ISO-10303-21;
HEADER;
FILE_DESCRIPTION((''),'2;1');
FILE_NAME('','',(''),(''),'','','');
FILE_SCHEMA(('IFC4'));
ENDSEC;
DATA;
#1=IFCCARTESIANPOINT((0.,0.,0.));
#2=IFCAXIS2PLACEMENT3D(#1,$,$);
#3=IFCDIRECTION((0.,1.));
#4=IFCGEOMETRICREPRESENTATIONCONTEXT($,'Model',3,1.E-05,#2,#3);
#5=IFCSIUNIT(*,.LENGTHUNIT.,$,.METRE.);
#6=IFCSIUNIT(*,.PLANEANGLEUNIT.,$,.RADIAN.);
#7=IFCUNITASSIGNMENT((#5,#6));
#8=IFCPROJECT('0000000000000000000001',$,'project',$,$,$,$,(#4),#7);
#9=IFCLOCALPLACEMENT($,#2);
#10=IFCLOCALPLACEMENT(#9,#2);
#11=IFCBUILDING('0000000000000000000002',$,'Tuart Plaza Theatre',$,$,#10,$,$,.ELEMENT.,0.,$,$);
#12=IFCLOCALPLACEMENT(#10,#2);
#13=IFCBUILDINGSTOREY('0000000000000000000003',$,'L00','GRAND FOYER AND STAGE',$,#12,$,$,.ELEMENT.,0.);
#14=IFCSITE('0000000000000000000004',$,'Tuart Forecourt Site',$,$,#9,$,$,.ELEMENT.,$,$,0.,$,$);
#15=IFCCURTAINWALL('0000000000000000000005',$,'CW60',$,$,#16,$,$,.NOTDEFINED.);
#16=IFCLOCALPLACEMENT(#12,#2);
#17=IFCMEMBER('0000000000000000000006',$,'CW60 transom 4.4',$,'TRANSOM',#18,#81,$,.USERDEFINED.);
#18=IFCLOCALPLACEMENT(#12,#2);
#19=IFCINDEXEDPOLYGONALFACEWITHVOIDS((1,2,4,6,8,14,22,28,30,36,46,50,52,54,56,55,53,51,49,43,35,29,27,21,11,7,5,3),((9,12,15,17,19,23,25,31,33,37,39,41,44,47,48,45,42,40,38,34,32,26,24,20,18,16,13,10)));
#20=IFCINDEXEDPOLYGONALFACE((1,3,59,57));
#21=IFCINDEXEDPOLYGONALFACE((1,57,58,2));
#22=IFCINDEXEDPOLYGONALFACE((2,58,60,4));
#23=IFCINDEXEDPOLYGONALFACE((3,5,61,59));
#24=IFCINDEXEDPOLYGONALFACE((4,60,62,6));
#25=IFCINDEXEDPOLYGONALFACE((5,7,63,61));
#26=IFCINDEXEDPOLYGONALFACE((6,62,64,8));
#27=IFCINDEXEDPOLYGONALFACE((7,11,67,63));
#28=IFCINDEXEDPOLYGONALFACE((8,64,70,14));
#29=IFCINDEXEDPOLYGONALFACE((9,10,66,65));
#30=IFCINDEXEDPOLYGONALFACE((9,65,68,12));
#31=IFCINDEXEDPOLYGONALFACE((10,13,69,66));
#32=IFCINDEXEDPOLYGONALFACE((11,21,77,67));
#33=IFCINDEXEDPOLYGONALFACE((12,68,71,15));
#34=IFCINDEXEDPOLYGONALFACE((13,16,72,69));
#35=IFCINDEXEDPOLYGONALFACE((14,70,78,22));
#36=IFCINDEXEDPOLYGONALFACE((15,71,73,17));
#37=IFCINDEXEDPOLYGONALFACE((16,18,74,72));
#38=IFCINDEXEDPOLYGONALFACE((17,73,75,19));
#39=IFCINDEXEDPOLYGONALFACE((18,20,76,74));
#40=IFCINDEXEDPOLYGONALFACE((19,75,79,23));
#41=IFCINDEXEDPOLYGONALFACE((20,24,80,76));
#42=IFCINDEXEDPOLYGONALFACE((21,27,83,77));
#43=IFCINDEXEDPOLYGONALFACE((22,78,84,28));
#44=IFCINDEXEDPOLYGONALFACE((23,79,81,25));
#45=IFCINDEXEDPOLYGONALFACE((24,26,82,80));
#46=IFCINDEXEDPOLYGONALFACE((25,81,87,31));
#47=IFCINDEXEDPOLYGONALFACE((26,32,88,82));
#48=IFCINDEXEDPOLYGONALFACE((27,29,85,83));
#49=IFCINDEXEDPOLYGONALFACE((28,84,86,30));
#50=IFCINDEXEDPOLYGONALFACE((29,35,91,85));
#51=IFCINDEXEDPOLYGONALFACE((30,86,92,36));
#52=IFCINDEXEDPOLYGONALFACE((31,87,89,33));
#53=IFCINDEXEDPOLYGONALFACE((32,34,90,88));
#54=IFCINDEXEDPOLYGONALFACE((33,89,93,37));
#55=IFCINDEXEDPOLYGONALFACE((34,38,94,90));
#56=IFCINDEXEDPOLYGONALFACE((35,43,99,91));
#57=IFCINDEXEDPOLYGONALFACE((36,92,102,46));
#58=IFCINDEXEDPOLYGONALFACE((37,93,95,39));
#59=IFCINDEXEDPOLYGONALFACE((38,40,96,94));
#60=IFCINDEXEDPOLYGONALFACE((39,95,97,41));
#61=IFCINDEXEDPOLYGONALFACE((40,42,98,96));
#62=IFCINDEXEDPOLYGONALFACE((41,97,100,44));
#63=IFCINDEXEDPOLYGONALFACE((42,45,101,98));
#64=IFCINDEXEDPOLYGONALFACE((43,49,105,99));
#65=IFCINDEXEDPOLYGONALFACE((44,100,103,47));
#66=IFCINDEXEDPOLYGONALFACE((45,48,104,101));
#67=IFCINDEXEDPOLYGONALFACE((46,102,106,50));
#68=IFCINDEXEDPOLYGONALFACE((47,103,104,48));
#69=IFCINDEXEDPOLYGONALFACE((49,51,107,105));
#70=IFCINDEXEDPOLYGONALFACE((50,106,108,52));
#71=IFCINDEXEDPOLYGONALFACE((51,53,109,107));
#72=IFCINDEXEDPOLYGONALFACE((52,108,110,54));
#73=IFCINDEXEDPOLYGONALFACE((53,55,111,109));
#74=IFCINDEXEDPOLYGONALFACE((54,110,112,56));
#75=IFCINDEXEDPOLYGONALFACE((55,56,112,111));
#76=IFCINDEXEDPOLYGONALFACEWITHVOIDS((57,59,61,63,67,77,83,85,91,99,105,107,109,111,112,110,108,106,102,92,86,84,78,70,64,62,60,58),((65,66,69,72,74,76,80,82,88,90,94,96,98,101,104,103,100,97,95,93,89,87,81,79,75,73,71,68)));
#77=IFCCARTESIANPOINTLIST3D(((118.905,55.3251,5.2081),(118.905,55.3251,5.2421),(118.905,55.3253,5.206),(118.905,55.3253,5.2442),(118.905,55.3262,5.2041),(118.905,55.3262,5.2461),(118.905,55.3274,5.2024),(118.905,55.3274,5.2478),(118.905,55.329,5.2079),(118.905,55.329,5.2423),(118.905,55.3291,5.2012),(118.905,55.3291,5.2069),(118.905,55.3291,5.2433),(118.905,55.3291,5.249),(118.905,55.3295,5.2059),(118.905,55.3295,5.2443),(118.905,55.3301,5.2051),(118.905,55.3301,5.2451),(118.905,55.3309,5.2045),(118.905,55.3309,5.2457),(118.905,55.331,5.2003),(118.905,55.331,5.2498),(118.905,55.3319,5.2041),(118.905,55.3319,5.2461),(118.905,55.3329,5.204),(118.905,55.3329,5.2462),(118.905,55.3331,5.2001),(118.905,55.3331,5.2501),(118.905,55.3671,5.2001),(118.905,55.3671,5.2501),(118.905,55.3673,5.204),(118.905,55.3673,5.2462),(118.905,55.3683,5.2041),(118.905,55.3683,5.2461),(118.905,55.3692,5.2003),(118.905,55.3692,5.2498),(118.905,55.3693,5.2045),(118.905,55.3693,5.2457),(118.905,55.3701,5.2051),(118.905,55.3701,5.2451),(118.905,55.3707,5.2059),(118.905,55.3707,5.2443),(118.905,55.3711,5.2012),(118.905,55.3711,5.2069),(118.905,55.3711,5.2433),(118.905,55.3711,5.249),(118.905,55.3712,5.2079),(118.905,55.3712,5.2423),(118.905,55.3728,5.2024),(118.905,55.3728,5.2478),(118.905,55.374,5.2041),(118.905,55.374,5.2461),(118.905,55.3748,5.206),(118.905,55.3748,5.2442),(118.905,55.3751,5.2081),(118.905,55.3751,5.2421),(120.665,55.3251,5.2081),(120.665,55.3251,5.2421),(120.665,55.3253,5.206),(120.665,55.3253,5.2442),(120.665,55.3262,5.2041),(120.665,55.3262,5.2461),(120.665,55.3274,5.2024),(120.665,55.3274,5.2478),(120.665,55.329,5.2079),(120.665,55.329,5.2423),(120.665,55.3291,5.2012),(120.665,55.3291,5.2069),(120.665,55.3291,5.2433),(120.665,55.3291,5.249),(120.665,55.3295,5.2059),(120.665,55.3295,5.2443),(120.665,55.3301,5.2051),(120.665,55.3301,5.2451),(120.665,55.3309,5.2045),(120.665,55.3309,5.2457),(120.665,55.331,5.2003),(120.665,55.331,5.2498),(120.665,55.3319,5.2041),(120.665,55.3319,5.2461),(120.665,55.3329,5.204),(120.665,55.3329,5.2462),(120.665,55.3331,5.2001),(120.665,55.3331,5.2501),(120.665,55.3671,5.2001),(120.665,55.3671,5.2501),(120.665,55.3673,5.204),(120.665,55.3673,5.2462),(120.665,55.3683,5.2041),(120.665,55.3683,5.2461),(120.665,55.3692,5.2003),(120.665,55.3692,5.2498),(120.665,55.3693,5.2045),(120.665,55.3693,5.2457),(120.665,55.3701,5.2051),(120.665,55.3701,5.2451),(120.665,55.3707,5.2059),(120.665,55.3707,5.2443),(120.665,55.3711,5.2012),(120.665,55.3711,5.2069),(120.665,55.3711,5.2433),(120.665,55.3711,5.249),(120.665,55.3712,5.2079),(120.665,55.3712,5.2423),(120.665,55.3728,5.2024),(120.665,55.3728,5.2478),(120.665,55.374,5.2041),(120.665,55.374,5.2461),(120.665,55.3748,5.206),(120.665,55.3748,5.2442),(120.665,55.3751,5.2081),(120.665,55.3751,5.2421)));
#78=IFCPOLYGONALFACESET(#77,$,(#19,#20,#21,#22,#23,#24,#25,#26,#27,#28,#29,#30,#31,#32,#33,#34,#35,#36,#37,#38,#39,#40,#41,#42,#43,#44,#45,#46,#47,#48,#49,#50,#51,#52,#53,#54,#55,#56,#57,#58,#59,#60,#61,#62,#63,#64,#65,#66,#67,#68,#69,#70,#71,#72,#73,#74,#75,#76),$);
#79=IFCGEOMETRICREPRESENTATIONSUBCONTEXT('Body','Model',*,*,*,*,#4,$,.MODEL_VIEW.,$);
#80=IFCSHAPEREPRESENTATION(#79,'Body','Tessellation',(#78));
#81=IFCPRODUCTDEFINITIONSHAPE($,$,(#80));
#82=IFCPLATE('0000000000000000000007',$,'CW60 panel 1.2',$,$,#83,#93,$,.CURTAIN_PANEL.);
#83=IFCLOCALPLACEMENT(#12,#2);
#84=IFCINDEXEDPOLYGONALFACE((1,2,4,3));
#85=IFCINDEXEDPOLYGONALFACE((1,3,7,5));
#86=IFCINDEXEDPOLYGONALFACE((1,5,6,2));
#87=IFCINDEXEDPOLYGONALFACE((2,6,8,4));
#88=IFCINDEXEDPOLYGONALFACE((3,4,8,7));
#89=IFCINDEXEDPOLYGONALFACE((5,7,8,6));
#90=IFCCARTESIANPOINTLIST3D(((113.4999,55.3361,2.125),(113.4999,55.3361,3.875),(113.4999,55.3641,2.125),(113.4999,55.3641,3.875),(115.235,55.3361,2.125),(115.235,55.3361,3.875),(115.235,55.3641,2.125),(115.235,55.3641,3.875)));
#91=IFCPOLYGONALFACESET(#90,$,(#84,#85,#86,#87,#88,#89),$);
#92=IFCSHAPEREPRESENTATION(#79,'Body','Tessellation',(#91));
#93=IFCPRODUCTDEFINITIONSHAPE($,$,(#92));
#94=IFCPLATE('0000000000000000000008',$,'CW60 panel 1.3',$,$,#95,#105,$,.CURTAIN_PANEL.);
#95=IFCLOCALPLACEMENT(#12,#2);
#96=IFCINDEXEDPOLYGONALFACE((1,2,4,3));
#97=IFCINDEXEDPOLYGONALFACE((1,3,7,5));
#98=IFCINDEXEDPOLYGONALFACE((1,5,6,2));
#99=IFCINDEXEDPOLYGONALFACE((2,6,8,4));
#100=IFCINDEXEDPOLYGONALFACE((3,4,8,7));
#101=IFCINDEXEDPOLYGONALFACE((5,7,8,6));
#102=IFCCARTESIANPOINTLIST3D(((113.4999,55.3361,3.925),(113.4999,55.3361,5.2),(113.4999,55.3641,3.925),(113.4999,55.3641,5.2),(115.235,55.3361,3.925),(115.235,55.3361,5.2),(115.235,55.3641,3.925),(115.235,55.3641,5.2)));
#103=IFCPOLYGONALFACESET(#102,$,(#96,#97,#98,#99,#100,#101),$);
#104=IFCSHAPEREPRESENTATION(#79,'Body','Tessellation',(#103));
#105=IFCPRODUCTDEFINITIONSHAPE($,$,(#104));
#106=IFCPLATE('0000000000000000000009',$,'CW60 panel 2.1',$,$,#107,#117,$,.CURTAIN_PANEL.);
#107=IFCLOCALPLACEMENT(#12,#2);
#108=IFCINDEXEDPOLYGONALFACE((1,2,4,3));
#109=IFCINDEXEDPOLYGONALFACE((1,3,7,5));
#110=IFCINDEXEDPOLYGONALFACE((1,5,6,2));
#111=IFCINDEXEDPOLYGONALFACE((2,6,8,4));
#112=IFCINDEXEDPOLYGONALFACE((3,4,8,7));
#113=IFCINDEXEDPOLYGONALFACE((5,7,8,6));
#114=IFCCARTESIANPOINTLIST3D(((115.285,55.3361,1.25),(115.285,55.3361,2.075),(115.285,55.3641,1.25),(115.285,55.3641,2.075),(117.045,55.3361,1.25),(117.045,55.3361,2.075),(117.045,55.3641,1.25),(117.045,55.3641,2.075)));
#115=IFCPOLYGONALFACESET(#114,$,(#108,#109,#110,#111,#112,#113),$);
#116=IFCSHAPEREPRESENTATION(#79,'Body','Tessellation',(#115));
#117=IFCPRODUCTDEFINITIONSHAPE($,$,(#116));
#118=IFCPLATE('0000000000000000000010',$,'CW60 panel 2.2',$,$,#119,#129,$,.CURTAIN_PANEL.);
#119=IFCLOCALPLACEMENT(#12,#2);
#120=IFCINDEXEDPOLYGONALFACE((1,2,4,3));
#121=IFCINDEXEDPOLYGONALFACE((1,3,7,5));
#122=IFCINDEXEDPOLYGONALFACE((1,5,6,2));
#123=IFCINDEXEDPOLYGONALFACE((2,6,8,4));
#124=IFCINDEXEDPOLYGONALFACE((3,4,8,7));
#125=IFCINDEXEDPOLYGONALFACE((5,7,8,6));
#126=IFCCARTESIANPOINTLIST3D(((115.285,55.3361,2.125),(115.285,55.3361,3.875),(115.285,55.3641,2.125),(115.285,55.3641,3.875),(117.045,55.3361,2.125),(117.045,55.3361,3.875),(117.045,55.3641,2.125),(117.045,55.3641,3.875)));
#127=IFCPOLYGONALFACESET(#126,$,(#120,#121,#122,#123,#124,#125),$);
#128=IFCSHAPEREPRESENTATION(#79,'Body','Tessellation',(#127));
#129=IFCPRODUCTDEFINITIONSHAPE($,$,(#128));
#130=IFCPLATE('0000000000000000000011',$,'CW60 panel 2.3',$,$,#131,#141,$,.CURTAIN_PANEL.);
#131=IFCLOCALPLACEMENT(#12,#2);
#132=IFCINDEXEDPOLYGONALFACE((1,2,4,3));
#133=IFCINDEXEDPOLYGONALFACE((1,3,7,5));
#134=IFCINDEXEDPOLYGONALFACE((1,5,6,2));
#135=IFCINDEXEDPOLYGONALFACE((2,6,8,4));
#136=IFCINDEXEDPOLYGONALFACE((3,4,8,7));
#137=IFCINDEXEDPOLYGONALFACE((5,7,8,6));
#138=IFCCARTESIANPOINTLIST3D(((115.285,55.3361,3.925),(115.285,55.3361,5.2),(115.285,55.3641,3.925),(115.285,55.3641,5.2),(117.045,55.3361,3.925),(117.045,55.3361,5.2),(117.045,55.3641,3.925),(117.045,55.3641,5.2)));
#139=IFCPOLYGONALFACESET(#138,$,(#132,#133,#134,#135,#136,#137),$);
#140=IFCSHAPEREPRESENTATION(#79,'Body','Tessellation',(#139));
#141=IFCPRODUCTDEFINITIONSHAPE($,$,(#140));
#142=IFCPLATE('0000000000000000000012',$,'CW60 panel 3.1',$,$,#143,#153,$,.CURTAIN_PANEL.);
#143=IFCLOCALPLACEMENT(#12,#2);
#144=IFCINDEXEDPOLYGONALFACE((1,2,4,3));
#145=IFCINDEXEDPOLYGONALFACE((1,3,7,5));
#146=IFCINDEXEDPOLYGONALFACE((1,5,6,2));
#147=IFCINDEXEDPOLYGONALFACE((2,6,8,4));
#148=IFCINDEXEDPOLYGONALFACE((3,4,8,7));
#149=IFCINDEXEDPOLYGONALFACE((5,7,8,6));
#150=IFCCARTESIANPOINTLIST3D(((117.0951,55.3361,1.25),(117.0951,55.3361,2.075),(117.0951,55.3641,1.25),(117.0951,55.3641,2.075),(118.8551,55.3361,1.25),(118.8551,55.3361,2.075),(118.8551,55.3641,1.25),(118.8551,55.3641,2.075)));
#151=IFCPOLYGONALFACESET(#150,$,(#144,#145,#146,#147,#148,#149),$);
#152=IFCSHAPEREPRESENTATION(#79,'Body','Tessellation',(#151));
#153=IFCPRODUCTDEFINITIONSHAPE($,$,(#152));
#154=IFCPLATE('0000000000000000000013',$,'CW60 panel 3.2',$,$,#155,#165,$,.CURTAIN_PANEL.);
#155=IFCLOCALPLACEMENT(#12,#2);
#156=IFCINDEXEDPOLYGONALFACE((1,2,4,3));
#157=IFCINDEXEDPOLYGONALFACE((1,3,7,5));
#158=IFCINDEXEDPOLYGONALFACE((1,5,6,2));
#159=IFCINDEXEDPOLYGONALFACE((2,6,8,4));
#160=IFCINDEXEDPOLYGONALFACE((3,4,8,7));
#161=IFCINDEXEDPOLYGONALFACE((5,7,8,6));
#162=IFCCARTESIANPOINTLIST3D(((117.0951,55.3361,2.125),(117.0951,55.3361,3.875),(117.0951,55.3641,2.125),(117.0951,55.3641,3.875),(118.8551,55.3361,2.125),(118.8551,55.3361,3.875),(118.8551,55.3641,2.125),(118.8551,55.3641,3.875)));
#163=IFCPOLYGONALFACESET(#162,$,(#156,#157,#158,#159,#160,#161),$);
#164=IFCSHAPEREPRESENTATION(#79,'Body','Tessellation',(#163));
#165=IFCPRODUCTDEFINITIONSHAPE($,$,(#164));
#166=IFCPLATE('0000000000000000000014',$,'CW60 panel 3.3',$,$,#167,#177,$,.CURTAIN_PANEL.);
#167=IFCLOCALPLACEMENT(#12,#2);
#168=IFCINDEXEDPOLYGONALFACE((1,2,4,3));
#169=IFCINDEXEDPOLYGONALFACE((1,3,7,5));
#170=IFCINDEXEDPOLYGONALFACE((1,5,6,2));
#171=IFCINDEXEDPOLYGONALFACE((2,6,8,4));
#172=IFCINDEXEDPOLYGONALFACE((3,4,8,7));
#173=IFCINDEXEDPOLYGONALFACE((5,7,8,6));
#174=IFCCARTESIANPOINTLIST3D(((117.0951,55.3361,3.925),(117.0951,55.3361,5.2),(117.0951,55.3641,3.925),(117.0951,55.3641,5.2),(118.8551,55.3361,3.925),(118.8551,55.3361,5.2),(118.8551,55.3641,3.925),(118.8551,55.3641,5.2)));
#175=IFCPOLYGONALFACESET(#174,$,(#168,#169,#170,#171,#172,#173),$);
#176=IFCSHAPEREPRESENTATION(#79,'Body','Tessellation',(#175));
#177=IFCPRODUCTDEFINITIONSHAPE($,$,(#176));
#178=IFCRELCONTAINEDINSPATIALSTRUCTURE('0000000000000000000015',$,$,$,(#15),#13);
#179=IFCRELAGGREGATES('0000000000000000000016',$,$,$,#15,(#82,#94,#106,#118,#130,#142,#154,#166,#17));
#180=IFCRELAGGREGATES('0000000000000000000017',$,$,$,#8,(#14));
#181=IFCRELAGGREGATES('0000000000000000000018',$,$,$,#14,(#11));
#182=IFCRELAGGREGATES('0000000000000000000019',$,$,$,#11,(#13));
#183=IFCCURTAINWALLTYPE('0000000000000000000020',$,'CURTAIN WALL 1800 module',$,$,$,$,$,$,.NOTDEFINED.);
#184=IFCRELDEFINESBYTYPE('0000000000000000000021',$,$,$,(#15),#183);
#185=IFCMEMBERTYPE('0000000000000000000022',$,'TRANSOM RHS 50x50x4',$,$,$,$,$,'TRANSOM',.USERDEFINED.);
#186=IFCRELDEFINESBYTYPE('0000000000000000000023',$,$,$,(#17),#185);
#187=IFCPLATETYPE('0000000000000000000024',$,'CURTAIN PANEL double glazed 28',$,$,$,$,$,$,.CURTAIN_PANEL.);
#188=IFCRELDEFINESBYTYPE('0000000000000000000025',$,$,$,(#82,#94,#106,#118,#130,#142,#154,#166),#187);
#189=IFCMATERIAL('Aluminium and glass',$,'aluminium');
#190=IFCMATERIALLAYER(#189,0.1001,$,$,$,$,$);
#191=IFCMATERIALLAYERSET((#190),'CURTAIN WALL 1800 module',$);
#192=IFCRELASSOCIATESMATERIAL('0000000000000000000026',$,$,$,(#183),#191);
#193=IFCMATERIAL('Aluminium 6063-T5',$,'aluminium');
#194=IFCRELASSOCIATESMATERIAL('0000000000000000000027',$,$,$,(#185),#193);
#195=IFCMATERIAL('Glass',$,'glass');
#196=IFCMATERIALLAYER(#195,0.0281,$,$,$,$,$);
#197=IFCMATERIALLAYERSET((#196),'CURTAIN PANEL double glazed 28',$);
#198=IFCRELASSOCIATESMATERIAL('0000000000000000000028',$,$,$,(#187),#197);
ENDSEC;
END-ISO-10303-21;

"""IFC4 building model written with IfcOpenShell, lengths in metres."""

from ifc_helpers import new_model, si_unit, direction, frame, origin, origin_2d, place, context, subcontext, project, spatial, rectangle, hollow_rectangle, extrude, material, layer, layer_set, material_profile, profile_set, type_object, element, aggregate, save


model = new_model("IFC4")

# Units and contexts
model_context = context("Model", 3, precision=1e-05, world=origin(), true_north=direction((0.0, 1.0)))
body_context = subcontext(model_context, "Body", "Model", "MODEL_VIEW")
ifc_project = project(units=[si_unit("LENGTHUNIT", "METRE"), si_unit("PLANEANGLEUNIT", "RADIAN")], contexts=[model_context])

# Site, building, storey
site_placement = place(None, origin())
site = spatial("IfcSite", under=ifc_project, at=site_placement, Name="Tuart Forecourt Site", CompositionType="ELEMENT", RefElevation=0.0)
building_placement = place(site_placement, origin())
building = spatial("IfcBuilding", under=site, at=building_placement, Name="Tuart Plaza Theatre", CompositionType="ELEMENT", ElevationOfRefHeight=0.0)
storey_placement = place(building_placement, origin())
storey = spatial("IfcBuildingStorey", under=building, at=storey_placement, Name="L00", Description="GRAND FOYER AND STAGE", CompositionType="ELEMENT", Elevation=0.0)

# Curtain wall, member, plates
ifc_material_1 = material(Name="Aluminium and glass", Category="aluminium")
ifc_layer_1 = layer(ifc_material_1, 0.1001)
ifc_layer_set_1 = layer_set([ifc_layer_1], Name="CURTAIN WALL 1800 module")
curtain_wall_type = type_object("IfcCurtainWallType", Name="CURTAIN WALL 1800 module", PredefinedType="NOTDEFINED", material=ifc_layer_set_1)
curtain_wall_placement = place(storey_placement, origin())
curtain_wall = element("IfcCurtainWall", 1, at=curtain_wall_placement, inside=storey, type_object=curtain_wall_type, Name="CW60", PredefinedType="NOTDEFINED")
ifc_material_2 = material(Name="Aluminium 6063-T5", Category="aluminium")
ifc_material_profile_1 = material_profile(ifc_material_2, hollow_rectangle(XDim=0.05, YDim=0.05, WallThickness=0.0039, InnerFilletRadius=0.0039, OuterFilletRadius=0.0081, at=origin_2d()), Name="RHS 50x50x4")
ifc_profile_set_1 = profile_set([ifc_material_profile_1], Name="Aluminium 6063-T5")
member_type_1 = type_object("IfcMemberType", Name="TRANSOM RHS 50x50x4", ElementType="TRANSOM", PredefinedType="USERDEFINED", material=ifc_profile_set_1)
member_1_placement = place(storey_placement, frame((118.905, 55.3501, 5.2251), z_axis=(1.0, 0.0, 0.0), x_axis=(0.0, 1.0, 0.0)))
member_1 = element("IfcMember", 2, at=member_1_placement, type_object=member_type_1, Name="CW60 transom 4.4", ObjectType="TRANSOM", PredefinedType="USERDEFINED", context=body_context, shape_type="SweptSolid", body=[
    extrude(hollow_rectangle(XDim=0.05, YDim=0.05, WallThickness=0.0039, InnerFilletRadius=0.0039, OuterFilletRadius=0.0081, at=origin_2d()), origin(), (0.0, 0.0, 1.0), 1.76),
])
ifc_material_3 = material(Name="Glass", Category="glass")
ifc_layer_2 = layer(ifc_material_3, 0.0281)
ifc_layer_set_2 = layer_set([ifc_layer_2], Name="CURTAIN PANEL double glazed 28")
plate_type = type_object("IfcPlateType", Name="CURTAIN PANEL double glazed 28", PredefinedType="CURTAIN_PANEL", material=ifc_layer_set_2)
plate_1_placement = place(storey_placement, frame((114.3674, 55.3501, 2.125), z_axis=(0.0, 0.0, 1.0), x_axis=(1.0, 0.0, 0.0)))
plate_1 = element("IfcPlate", 3, at=plate_1_placement, type_object=plate_type, Name="CW60 panel 1.2", PredefinedType="CURTAIN_PANEL", context=body_context, shape_type="SweptSolid", body=[
    extrude(rectangle(XDim=1.7351, YDim=0.0281, at=origin_2d()), origin(), (0.0, 0.0, 1.0), 1.75),
])
plate_2_placement = place(storey_placement, frame((114.3674, 55.3501, 3.925), z_axis=(0.0, 0.0, 1.0), x_axis=(1.0, 0.0, 0.0)))
plate_2 = element("IfcPlate", 4, at=plate_2_placement, type_object=plate_type, Name="CW60 panel 1.3", PredefinedType="CURTAIN_PANEL", context=body_context, shape_type="SweptSolid", body=[
    extrude(rectangle(XDim=1.7351, YDim=0.0281, at=origin_2d()), origin(), (0.0, 0.0, 1.0), 1.2749),
])
plate_3_placement = place(storey_placement, frame((116.165, 55.3501, 1.25), z_axis=(0.0, 0.0, 1.0), x_axis=(1.0, 0.0, 0.0)))
plate_3 = element("IfcPlate", 5, at=plate_3_placement, type_object=plate_type, Name="CW60 panel 2.1", PredefinedType="CURTAIN_PANEL", context=body_context, shape_type="SweptSolid", body=[
    extrude(rectangle(XDim=1.76, YDim=0.0281, at=origin_2d()), origin(), (0.0, 0.0, 1.0), 0.825),
])
plate_4_placement = place(storey_placement, frame((116.165, 55.3501, 2.125), z_axis=(0.0, 0.0, 1.0), x_axis=(1.0, 0.0, 0.0)))
plate_4 = element("IfcPlate", 6, at=plate_4_placement, type_object=plate_type, Name="CW60 panel 2.2", PredefinedType="CURTAIN_PANEL", context=body_context, shape_type="SweptSolid", body=[
    extrude(rectangle(XDim=1.76, YDim=0.0281, at=origin_2d()), origin(), (0.0, 0.0, 1.0), 1.75),
])
plate_5_placement = place(storey_placement, frame((116.165, 55.3501, 3.925), z_axis=(0.0, 0.0, 1.0), x_axis=(1.0, 0.0, 0.0)))
plate_5 = element("IfcPlate", 7, at=plate_5_placement, type_object=plate_type, Name="CW60 panel 2.3", PredefinedType="CURTAIN_PANEL", context=body_context, shape_type="SweptSolid", body=[
    extrude(rectangle(XDim=1.76, YDim=0.0281, at=origin_2d()), origin(), (0.0, 0.0, 1.0), 1.2749),
])
plate_6_placement = place(storey_placement, frame((117.9751, 55.3501, 1.25), z_axis=(0.0, 0.0, 1.0), x_axis=(1.0, 0.0, 0.0)))
plate_6 = element("IfcPlate", 8, at=plate_6_placement, type_object=plate_type, Name="CW60 panel 3.1", PredefinedType="CURTAIN_PANEL", context=body_context, shape_type="SweptSolid", body=[
    extrude(rectangle(XDim=1.76, YDim=0.0281, at=origin_2d()), origin(), (0.0, 0.0, 1.0), 0.825),
])
plate_7_placement = place(storey_placement, frame((117.9751, 55.3501, 2.125), z_axis=(0.0, 0.0, 1.0), x_axis=(1.0, 0.0, 0.0)))
plate_7 = element("IfcPlate", 9, at=plate_7_placement, type_object=plate_type, Name="CW60 panel 3.2", PredefinedType="CURTAIN_PANEL", context=body_context, shape_type="SweptSolid", body=[
    extrude(rectangle(XDim=1.76, YDim=0.0281, at=origin_2d()), origin(), (0.0, 0.0, 1.0), 1.75),
])
plate_8_placement = place(storey_placement, frame((117.9751, 55.3501, 3.925), z_axis=(0.0, 0.0, 1.0), x_axis=(1.0, 0.0, 0.0)))
plate_8 = element("IfcPlate", 10, at=plate_8_placement, type_object=plate_type, Name="CW60 panel 3.3", PredefinedType="CURTAIN_PANEL", context=body_context, shape_type="SweptSolid", body=[
    extrude(rectangle(XDim=1.76, YDim=0.0281, at=origin_2d()), origin(), (0.0, 0.0, 1.0), 1.2749),
])
aggregate(curtain_wall, [plate_1, plate_2, plate_3, plate_4, plate_5, plate_6, plate_7, plate_8, member_1])

save(model, "model.ifc")
